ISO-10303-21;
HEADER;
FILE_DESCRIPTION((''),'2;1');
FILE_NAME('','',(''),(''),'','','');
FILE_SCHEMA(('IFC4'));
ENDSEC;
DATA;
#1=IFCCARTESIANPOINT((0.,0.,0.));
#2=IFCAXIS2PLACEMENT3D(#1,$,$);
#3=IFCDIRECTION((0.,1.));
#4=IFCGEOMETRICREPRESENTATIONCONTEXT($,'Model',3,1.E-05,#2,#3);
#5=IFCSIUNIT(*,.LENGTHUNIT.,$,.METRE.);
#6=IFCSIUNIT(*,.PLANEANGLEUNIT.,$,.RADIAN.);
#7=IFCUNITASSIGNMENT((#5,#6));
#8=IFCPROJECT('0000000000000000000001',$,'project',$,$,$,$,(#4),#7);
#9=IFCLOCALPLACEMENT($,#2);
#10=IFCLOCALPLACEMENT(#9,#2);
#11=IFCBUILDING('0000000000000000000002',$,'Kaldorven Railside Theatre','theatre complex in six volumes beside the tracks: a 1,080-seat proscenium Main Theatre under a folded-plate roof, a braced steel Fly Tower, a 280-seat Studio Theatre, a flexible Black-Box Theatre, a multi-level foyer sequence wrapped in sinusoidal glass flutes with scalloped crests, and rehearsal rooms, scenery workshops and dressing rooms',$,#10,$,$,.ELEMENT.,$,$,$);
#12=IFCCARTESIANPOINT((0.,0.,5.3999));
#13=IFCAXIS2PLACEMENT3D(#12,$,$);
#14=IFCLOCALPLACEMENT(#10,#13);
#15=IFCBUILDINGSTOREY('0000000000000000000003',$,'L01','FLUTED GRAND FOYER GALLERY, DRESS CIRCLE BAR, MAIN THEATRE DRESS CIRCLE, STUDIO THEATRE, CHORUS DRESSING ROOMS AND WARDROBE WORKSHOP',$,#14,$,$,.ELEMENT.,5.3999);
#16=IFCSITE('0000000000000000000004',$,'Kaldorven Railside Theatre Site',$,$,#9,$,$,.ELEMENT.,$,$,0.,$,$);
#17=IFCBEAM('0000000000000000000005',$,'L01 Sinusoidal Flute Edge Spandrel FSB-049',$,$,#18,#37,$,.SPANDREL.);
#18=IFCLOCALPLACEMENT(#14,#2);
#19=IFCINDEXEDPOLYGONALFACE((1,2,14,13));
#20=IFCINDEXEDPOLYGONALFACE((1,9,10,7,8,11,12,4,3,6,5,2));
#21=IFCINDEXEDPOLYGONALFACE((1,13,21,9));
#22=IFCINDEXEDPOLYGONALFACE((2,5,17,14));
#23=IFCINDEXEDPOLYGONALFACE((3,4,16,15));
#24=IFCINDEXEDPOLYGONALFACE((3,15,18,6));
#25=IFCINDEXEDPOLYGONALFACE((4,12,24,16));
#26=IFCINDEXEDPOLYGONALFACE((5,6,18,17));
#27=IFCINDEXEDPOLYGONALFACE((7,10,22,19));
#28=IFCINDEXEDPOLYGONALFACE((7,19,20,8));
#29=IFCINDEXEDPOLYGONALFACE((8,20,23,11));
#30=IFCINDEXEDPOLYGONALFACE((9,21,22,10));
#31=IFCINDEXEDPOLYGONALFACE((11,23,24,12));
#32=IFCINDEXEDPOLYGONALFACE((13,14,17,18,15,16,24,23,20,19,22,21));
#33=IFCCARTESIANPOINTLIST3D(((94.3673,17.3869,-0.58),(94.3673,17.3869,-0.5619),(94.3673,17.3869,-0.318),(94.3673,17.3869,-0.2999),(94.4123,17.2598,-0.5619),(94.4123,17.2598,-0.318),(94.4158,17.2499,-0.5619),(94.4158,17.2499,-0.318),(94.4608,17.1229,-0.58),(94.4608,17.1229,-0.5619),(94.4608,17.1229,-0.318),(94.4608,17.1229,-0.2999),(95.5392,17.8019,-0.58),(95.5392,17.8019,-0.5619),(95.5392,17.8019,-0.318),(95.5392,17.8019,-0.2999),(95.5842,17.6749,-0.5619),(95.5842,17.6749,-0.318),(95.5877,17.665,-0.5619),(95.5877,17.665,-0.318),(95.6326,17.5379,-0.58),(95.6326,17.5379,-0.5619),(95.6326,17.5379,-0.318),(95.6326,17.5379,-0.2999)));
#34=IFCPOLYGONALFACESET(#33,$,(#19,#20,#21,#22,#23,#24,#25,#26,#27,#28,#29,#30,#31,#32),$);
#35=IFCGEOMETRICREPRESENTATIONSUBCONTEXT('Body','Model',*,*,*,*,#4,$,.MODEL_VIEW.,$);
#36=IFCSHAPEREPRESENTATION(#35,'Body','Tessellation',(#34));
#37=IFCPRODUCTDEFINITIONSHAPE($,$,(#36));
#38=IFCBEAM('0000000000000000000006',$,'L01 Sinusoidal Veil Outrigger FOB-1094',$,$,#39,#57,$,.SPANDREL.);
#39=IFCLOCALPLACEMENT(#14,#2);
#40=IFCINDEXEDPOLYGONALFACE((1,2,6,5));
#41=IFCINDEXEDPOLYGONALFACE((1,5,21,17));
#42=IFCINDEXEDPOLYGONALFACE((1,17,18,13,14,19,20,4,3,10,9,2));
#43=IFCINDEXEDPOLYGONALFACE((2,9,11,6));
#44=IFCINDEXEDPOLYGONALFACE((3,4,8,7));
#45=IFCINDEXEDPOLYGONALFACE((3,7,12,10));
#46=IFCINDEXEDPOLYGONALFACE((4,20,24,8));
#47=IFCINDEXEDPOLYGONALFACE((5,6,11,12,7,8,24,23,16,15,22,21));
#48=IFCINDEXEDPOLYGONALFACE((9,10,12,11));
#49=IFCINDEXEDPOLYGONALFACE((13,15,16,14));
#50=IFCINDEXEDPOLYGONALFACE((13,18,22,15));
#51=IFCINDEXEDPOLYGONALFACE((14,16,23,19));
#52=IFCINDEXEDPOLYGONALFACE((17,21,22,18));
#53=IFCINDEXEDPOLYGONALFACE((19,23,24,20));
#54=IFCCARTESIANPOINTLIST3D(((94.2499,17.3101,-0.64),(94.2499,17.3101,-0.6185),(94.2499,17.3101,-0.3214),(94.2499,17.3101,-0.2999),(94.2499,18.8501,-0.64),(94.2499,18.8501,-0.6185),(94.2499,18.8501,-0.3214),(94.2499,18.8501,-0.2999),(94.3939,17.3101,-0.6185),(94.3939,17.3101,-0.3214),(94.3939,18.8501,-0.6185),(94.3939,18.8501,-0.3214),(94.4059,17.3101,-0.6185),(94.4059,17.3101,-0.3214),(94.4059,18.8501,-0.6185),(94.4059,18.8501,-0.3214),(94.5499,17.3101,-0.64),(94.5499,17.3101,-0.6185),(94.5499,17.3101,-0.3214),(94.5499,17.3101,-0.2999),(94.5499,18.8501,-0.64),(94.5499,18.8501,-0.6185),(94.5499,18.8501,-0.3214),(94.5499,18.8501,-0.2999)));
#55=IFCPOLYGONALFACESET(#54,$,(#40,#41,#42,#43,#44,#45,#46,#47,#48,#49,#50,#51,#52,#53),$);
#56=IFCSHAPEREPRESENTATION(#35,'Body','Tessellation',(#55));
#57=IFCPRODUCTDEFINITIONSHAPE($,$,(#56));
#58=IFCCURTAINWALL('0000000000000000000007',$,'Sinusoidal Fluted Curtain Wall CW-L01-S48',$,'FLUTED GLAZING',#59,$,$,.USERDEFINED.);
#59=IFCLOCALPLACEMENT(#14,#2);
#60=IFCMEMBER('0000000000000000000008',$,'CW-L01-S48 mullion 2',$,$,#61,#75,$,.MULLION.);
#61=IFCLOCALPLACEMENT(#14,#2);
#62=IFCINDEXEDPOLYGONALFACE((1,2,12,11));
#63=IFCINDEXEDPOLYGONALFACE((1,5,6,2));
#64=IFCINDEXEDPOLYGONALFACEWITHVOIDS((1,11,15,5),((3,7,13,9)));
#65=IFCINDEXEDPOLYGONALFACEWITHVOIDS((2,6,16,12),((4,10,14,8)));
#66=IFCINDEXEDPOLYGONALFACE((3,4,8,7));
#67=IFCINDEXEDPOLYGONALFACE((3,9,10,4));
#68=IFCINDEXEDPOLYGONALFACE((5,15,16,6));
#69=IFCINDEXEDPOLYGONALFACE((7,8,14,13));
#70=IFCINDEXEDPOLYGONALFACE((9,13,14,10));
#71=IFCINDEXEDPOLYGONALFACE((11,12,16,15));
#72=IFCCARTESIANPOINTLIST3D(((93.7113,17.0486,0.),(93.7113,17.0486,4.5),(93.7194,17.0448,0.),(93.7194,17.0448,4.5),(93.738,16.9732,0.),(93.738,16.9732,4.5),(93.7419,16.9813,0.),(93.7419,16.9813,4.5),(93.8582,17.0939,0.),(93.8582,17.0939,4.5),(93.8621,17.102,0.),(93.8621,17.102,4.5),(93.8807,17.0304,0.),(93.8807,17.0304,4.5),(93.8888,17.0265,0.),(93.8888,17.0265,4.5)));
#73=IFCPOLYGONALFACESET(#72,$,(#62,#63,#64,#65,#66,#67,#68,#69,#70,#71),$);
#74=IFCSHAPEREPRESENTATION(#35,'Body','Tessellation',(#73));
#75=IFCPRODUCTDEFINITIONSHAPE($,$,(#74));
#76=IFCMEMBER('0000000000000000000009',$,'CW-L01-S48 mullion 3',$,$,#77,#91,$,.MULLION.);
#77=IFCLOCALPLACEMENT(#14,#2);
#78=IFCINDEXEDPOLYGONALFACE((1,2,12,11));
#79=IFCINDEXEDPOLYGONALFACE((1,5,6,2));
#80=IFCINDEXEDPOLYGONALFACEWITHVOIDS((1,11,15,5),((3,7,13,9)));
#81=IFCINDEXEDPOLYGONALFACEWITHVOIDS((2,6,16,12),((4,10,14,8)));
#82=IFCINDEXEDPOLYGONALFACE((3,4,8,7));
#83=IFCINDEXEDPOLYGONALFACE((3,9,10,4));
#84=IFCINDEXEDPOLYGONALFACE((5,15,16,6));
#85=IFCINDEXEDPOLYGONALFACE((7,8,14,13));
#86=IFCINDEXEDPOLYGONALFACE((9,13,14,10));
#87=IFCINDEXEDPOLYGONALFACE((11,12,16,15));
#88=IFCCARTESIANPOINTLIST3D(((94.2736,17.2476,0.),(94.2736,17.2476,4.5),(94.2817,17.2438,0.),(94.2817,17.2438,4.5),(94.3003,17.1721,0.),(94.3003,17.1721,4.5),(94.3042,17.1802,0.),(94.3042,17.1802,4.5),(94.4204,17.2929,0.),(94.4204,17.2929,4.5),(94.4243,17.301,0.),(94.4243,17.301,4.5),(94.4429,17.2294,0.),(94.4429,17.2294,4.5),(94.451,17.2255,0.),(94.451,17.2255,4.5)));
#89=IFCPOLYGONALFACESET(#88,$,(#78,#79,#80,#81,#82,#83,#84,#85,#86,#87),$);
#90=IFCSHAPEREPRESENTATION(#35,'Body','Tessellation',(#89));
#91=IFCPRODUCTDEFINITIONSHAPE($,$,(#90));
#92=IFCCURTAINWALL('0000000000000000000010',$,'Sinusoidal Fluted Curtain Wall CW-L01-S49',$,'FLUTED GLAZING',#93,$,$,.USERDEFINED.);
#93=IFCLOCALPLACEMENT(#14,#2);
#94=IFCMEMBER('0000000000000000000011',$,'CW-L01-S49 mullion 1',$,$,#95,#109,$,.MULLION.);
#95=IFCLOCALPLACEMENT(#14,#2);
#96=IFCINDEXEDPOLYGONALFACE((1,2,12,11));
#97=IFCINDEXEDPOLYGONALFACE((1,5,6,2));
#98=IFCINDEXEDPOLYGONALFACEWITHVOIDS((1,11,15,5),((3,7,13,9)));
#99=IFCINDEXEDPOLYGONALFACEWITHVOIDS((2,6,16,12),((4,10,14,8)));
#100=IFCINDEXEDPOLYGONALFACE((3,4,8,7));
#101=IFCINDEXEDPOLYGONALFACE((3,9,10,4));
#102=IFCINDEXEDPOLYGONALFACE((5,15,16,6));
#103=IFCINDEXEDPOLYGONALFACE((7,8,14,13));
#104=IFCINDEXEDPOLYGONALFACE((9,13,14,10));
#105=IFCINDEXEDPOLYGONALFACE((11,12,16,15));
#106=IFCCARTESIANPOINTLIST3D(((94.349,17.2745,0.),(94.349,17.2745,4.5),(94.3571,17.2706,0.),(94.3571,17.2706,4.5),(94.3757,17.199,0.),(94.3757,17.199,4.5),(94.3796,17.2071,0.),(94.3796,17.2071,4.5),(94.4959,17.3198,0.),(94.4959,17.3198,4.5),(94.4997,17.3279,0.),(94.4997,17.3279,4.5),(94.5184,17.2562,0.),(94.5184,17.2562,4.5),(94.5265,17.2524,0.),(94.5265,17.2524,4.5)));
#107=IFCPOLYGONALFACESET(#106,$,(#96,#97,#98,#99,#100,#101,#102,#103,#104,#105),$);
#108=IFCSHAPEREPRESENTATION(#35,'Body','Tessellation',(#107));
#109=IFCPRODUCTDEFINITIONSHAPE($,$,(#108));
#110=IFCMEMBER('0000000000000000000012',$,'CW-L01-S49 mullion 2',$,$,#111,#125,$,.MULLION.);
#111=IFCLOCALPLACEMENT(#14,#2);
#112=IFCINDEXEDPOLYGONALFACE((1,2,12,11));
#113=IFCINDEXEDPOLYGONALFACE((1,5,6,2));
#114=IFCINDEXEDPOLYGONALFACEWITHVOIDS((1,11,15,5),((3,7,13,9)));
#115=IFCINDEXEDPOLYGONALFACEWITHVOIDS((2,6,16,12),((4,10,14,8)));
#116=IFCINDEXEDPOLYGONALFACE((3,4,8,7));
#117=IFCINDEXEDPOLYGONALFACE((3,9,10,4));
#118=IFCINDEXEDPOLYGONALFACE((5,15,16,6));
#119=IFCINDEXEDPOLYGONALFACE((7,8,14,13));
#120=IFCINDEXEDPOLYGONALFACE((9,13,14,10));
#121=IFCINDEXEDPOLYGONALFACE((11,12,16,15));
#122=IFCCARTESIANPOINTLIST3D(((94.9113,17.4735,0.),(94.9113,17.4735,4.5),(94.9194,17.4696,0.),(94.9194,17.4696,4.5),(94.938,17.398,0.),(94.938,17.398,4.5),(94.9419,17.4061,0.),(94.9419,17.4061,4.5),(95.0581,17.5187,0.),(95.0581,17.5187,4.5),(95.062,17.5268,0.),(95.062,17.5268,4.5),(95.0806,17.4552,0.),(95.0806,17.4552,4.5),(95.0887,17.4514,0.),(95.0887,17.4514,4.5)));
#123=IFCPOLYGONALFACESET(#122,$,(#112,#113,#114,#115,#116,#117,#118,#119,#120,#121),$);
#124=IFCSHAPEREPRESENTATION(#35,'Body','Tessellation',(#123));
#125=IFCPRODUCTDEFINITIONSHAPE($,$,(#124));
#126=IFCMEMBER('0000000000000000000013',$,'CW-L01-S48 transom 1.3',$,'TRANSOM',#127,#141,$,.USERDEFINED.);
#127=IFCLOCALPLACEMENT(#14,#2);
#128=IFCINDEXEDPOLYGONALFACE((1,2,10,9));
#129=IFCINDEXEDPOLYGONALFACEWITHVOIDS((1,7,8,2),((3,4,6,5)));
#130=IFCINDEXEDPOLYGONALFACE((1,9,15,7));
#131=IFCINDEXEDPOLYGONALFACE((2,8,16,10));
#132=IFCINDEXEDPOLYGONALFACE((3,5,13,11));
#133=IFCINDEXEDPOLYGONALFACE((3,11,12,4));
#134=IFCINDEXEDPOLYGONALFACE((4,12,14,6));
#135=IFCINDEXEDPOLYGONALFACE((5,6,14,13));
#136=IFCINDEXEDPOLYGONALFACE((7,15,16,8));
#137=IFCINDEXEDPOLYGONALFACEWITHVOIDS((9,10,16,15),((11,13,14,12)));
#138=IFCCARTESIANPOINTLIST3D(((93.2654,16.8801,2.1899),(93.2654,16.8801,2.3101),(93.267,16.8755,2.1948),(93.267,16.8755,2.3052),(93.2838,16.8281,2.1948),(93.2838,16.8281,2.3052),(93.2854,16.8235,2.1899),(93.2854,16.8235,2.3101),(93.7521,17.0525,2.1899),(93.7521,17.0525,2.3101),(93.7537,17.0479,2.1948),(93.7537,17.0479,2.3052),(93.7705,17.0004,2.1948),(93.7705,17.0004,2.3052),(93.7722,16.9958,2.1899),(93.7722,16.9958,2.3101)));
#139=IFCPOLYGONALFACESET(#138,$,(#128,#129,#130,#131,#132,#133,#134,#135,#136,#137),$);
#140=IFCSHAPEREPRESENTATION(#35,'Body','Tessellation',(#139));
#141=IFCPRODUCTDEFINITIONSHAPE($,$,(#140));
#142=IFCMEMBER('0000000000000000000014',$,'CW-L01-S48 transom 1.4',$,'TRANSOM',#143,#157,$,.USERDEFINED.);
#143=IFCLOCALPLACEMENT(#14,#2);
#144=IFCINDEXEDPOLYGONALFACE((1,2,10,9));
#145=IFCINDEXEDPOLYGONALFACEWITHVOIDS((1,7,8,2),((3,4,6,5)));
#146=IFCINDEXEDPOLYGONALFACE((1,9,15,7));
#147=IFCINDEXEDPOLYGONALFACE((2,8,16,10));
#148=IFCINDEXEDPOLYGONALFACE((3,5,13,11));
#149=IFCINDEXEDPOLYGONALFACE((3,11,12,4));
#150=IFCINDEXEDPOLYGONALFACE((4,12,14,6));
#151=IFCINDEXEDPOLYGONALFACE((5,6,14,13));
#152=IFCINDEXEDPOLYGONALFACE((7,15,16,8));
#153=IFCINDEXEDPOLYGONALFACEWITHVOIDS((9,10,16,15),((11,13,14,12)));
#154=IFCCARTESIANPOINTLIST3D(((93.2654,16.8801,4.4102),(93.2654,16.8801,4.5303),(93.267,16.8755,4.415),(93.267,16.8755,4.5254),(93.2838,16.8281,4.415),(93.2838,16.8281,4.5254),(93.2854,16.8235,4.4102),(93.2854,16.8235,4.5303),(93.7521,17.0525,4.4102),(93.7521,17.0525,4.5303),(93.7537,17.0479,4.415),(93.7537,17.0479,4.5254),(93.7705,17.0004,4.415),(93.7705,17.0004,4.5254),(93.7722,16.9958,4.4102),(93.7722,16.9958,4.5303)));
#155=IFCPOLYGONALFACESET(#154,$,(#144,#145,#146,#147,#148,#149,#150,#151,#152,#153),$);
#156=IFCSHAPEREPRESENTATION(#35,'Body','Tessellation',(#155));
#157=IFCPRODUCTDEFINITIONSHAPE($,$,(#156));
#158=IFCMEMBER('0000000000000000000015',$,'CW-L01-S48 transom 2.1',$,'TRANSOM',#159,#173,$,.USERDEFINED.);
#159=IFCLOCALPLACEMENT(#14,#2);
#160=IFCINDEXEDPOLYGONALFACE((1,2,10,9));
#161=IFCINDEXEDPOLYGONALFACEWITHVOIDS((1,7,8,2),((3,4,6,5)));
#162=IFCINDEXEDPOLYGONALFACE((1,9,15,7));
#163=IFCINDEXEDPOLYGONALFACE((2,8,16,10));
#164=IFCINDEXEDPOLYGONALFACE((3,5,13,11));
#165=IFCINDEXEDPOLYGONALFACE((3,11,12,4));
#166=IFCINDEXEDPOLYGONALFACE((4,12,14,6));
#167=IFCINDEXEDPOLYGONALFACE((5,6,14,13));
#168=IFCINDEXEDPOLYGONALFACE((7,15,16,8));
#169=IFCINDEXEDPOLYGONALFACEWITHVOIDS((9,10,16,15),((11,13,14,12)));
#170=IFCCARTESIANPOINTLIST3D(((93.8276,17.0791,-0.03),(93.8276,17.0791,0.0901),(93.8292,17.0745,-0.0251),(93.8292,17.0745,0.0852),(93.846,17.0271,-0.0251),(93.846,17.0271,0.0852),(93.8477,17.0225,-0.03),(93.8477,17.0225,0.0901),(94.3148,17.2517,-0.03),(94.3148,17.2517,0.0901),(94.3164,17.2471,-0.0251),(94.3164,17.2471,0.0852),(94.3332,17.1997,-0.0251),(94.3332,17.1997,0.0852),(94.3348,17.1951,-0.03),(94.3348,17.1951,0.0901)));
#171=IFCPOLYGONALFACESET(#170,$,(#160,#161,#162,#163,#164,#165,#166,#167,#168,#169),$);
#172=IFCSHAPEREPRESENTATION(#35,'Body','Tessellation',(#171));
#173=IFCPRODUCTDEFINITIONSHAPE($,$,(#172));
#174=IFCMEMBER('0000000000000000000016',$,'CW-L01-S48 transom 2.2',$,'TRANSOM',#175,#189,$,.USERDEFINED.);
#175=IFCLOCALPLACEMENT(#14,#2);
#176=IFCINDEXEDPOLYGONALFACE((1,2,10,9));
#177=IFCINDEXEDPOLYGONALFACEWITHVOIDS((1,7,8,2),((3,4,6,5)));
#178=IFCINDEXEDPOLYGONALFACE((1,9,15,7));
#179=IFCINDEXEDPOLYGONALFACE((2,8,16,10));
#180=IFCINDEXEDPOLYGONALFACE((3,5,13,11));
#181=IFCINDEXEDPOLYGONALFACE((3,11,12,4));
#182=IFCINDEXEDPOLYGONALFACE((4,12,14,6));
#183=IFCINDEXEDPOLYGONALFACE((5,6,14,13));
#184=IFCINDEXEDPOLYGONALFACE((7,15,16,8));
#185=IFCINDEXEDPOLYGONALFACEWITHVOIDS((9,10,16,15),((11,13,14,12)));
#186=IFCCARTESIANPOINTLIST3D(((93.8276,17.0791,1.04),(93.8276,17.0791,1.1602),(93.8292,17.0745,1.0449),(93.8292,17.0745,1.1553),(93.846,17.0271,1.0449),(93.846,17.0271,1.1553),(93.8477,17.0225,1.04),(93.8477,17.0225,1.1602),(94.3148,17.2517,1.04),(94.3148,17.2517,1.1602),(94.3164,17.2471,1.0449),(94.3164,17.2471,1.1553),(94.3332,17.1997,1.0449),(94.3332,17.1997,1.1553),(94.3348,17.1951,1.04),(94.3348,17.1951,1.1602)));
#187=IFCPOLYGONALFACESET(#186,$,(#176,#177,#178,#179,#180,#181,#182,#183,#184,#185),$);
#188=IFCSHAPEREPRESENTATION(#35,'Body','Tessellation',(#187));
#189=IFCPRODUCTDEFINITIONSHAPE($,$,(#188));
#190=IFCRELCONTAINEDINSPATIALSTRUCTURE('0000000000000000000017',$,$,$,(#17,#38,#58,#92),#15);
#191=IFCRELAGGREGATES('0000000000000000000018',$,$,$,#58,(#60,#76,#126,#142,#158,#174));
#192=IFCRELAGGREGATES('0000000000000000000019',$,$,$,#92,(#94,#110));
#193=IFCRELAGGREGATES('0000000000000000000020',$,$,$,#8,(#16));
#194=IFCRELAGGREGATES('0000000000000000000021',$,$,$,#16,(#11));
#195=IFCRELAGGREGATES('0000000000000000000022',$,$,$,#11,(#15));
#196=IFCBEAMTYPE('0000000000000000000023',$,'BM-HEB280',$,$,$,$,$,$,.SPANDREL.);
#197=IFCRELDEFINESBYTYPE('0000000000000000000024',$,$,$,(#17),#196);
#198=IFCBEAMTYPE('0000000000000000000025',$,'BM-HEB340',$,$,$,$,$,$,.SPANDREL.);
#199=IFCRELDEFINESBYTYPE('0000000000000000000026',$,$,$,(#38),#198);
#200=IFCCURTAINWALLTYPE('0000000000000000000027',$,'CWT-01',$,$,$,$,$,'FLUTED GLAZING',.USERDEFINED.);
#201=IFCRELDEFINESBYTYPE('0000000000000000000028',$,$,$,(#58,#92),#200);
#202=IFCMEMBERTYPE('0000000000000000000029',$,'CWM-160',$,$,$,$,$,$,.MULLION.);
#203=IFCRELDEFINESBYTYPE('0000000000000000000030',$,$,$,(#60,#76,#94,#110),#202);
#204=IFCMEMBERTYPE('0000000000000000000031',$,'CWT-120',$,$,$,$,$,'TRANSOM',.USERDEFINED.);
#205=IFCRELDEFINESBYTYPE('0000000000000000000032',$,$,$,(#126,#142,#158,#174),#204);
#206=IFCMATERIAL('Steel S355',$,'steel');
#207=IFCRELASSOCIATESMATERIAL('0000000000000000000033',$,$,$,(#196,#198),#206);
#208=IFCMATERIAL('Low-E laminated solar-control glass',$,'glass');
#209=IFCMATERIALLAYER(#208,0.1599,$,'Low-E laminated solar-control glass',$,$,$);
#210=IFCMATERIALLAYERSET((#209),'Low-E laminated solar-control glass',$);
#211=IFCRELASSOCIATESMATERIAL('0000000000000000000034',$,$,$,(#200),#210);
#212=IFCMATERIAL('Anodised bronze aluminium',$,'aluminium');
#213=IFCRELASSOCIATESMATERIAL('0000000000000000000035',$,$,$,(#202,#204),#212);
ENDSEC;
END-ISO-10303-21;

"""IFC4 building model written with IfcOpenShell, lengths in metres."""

from ifc_helpers import new_model, si_unit, direction, frame, origin, origin_2d, place, context, subcontext, project, spatial, hollow_rectangle, i_section, extrude, material, layer, layer_set, material_profile, profile_set, type_object, element, aggregate, save


model = new_model("IFC4")

# Units and contexts
model_context = context("Model", 3, precision=1e-05, world=origin(), true_north=direction((0.0, 1.0)))
body_context = subcontext(model_context, "Body", "Model", "MODEL_VIEW")
ifc_project = project(units=[si_unit("LENGTHUNIT", "METRE"), si_unit("PLANEANGLEUNIT", "RADIAN")], contexts=[model_context])

# Site, building, storey
site_placement = place(None, origin())
site = spatial("IfcSite", under=ifc_project, at=site_placement, Name="Kaldorven Railside Theatre Site", CompositionType="ELEMENT", RefElevation=0.0)
building_placement = place(site_placement, origin())
building = spatial("IfcBuilding", under=site, at=building_placement, Name="Kaldorven Railside Theatre", Description="theatre complex in six volumes beside the tracks: a 1,080-seat proscenium Main Theatre under a folded-plate roof, a braced steel Fly Tower, a 280-seat Studio Theatre, a flexible Black-Box Theatre, a multi-level foyer sequence wrapped in sinusoidal glass flutes with scalloped crests, and rehearsal rooms, scenery workshops and dressing rooms", CompositionType="ELEMENT")
storey_placement = place(building_placement, frame((0.0, 0.0, 5.3999)))
storey = spatial("IfcBuildingStorey", under=building, at=storey_placement, Name="L01", Description="FLUTED GRAND FOYER GALLERY, DRESS CIRCLE BAR, MAIN THEATRE DRESS CIRCLE, STUDIO THEATRE, CHORUS DRESSING ROOMS AND WARDROBE WORKSHOP", CompositionType="ELEMENT", Elevation=5.3999)

# Beams
ifc_material_1 = material(Name="Steel S355", Category="steel")
ifc_material_profile_1 = material_profile(ifc_material_1, i_section(OverallWidth=0.28, OverallDepth=0.28, WebThickness=0.0105, FlangeThickness=0.0181, at=origin_2d()), Name="HEB 280")
ifc_profile_set_1 = profile_set([ifc_material_profile_1], Name="Steel S355")
beam_type_1 = type_object("IfcBeamType", Name="BM-HEB280", PredefinedType="SPANDREL", material=ifc_profile_set_1)
beam_1_placement = place(storey_placement, frame((94.4141, 17.2549, -0.4399), z_axis=(0.942627, 0.333847, 0.0), x_axis=(-0.333847, 0.942627, 0.0)))
element("IfcBeam", 1, at=beam_1_placement, inside=storey, type_object=beam_type_1, Name="L01 Sinusoidal Flute Edge Spandrel FSB-049", PredefinedType="SPANDREL", context=body_context, shape_type="SweptSolid", body=[
    extrude(i_section(OverallWidth=0.28, OverallDepth=0.28, WebThickness=0.0105, FlangeThickness=0.0181, at=origin_2d()), origin(), (0.0, 0.0, 1.0), 1.2432),
])
ifc_material_profile_2 = material_profile(ifc_material_1, i_section(OverallWidth=0.3, OverallDepth=0.3401, WebThickness=0.012, FlangeThickness=0.0215, at=origin_2d()), Name="HEB 340")
ifc_profile_set_2 = profile_set([ifc_material_profile_2], Name="Steel S355")
beam_type_2 = type_object("IfcBeamType", Name="BM-HEB340", PredefinedType="SPANDREL", material=ifc_profile_set_2)
beam_2_placement = place(storey_placement, frame((94.3999, 17.3101, -0.47), z_axis=(0.0, 1.0, 0.0), x_axis=(-1.0, 0.0, 0.0)))
element("IfcBeam", 2, at=beam_2_placement, inside=storey, type_object=beam_type_2, Name="L01 Sinusoidal Veil Outrigger FOB-1094", PredefinedType="SPANDREL", context=body_context, shape_type="SweptSolid", body=[
    extrude(i_section(OverallWidth=0.3, OverallDepth=0.3401, WebThickness=0.012, FlangeThickness=0.0215, at=origin_2d()), origin(), (0.0, 0.0, 1.0), 1.54),
])

# Curtain walls, members
ifc_material_2 = material(Name="Low-E laminated solar-control glass", Category="glass")
ifc_layer_1 = layer(ifc_material_2, 0.1599, Name="Low-E laminated solar-control glass")
ifc_layer_set_1 = layer_set([ifc_layer_1], Name="Low-E laminated solar-control glass")
curtain_wall_type = type_object("IfcCurtainWallType", Name="CWT-01", ElementType="FLUTED GLAZING", PredefinedType="USERDEFINED", material=ifc_layer_set_1)
curtain_wall_1_placement = place(storey_placement, origin())
curtain_wall_1 = element("IfcCurtainWall", 3, at=curtain_wall_1_placement, inside=storey, type_object=curtain_wall_type, Name="Sinusoidal Fluted Curtain Wall CW-L01-S48", ObjectType="FLUTED GLAZING", PredefinedType="USERDEFINED")
ifc_material_3 = material(Name="Anodised bronze aluminium", Category="aluminium")
ifc_material_profile_3 = material_profile(ifc_material_3, hollow_rectangle(XDim=0.0801, YDim=0.1599, WallThickness=0.0063, at=origin_2d()), Name="RHS 160x80x6.3")
ifc_profile_set_3 = profile_set([ifc_material_profile_3], Name="Anodised bronze aluminium")
member_type_1 = type_object("IfcMemberType", Name="CWM-160", PredefinedType="MULLION", material=ifc_profile_set_3)
member_1_placement = place(storey_placement, frame((93.8, 17.0376, 0.0), z_axis=(0.0, 0.0, 1.0), x_axis=(-0.333847, 0.942627, 0.0)))
member_1 = element("IfcMember", 4, at=member_1_placement, type_object=member_type_1, Name="CW-L01-S48 mullion 2", PredefinedType="MULLION", context=body_context, shape_type="SweptSolid", body=[
    extrude(hollow_rectangle(XDim=0.0801, YDim=0.1599, WallThickness=0.0063, at=origin_2d()), origin(), (0.0, 0.0, 1.0), 4.5),
])
member_2_placement = place(storey_placement, frame((94.3623, 17.2366, 0.0), z_axis=(0.0, 0.0, 1.0), x_axis=(-0.333847, 0.942627, 0.0)))
member_2 = element("IfcMember", 5, at=member_2_placement, type_object=member_type_1, Name="CW-L01-S48 mullion 3", PredefinedType="MULLION", context=body_context, shape_type="SweptSolid", body=[
    extrude(hollow_rectangle(XDim=0.0801, YDim=0.1599, WallThickness=0.0063, at=origin_2d()), origin(), (0.0, 0.0, 1.0), 4.5),
])
curtain_wall_2_placement = place(storey_placement, origin())
curtain_wall_2 = element("IfcCurtainWall", 6, at=curtain_wall_2_placement, inside=storey, type_object=curtain_wall_type, Name="Sinusoidal Fluted Curtain Wall CW-L01-S49", ObjectType="FLUTED GLAZING", PredefinedType="USERDEFINED")
member_3_placement = place(storey_placement, frame((94.4377, 17.2634, 0.0), z_axis=(0.0, 0.0, 1.0), x_axis=(-0.333847, 0.942627, 0.0)))
member_3 = element("IfcMember", 7, at=member_3_placement, type_object=member_type_1, Name="CW-L01-S49 mullion 1", PredefinedType="MULLION", context=body_context, shape_type="SweptSolid", body=[
    extrude(hollow_rectangle(XDim=0.0801, YDim=0.1599, WallThickness=0.0063, at=origin_2d()), origin(), (0.0, 0.0, 1.0), 4.5),
])
member_4_placement = place(storey_placement, frame((95.0, 17.4624, 0.0), z_axis=(0.0, 0.0, 1.0), x_axis=(-0.333847, 0.942627, 0.0)))
member_4 = element("IfcMember", 8, at=member_4_placement, type_object=member_type_1, Name="CW-L01-S49 mullion 2", PredefinedType="MULLION", context=body_context, shape_type="SweptSolid", body=[
    extrude(hollow_rectangle(XDim=0.0801, YDim=0.1599, WallThickness=0.0063, at=origin_2d()), origin(), (0.0, 0.0, 1.0), 4.5),
])

# Members
ifc_material_profile_4 = material_profile(ifc_material_3, hollow_rectangle(XDim=0.0601, YDim=0.1201, WallThickness=0.0049, at=origin_2d()), Name="RHS 120x60x5")
ifc_profile_set_4 = profile_set([ifc_material_profile_4], Name="Anodised bronze aluminium")
member_type_2 = type_object("IfcMemberType", Name="CWT-120", ElementType="TRANSOM", PredefinedType="USERDEFINED", material=ifc_profile_set_4)
member_5_placement = place(storey_placement, frame((93.2754, 16.8518, 2.25), z_axis=(0.942658, 0.33376, 0.0), x_axis=(-0.33376, 0.942658, 0.0)))
member_5 = element("IfcMember", 9, at=member_5_placement, type_object=member_type_2, Name="CW-L01-S48 transom 1.3", ObjectType="TRANSOM", PredefinedType="USERDEFINED", context=body_context, shape_type="SweptSolid", body=[
    extrude(hollow_rectangle(XDim=0.0601, YDim=0.1201, WallThickness=0.0049, at=origin_2d()), origin(), (0.0, 0.0, 1.0), 0.5164),
])
member_6_placement = place(storey_placement, frame((93.2754, 16.8518, 4.4702), z_axis=(0.942658, 0.33376, 0.0), x_axis=(-0.33376, 0.942658, 0.0)))
member_6 = element("IfcMember", 10, at=member_6_placement, type_object=member_type_2, Name="CW-L01-S48 transom 1.4", ObjectType="TRANSOM", PredefinedType="USERDEFINED", context=body_context, shape_type="SweptSolid", body=[
    extrude(hollow_rectangle(XDim=0.0601, YDim=0.1201, WallThickness=0.0049, at=origin_2d()), origin(), (0.0, 0.0, 1.0), 0.5164),
])
member_7_placement = place(storey_placement, frame((93.8376, 17.0508, 0.03), z_axis=(0.942562, 0.334031, 0.0), x_axis=(-0.334031, 0.942562, 0.0)))
member_7 = element("IfcMember", 11, at=member_7_placement, type_object=member_type_2, Name="CW-L01-S48 transom 2.1", ObjectType="TRANSOM", PredefinedType="USERDEFINED", context=body_context, shape_type="SweptSolid", body=[
    extrude(hollow_rectangle(XDim=0.0601, YDim=0.1201, WallThickness=0.0049, at=origin_2d()), origin(), (0.0, 0.0, 1.0), 0.5168),
])
member_8_placement = place(storey_placement, frame((93.8376, 17.0508, 1.1001), z_axis=(0.942562, 0.334031, 0.0), x_axis=(-0.334031, 0.942562, 0.0)))
member_8 = element("IfcMember", 12, at=member_8_placement, type_object=member_type_2, Name="CW-L01-S48 transom 2.2", ObjectType="TRANSOM", PredefinedType="USERDEFINED", context=body_context, shape_type="SweptSolid", body=[
    extrude(hollow_rectangle(XDim=0.0601, YDim=0.1201, WallThickness=0.0049, at=origin_2d()), origin(), (0.0, 0.0, 1.0), 0.5168),
])

aggregate(curtain_wall_1, [member_1, member_2, member_5, member_6, member_7, member_8])
aggregate(curtain_wall_2, [member_3, member_4])

save(model, "model.ifc")
